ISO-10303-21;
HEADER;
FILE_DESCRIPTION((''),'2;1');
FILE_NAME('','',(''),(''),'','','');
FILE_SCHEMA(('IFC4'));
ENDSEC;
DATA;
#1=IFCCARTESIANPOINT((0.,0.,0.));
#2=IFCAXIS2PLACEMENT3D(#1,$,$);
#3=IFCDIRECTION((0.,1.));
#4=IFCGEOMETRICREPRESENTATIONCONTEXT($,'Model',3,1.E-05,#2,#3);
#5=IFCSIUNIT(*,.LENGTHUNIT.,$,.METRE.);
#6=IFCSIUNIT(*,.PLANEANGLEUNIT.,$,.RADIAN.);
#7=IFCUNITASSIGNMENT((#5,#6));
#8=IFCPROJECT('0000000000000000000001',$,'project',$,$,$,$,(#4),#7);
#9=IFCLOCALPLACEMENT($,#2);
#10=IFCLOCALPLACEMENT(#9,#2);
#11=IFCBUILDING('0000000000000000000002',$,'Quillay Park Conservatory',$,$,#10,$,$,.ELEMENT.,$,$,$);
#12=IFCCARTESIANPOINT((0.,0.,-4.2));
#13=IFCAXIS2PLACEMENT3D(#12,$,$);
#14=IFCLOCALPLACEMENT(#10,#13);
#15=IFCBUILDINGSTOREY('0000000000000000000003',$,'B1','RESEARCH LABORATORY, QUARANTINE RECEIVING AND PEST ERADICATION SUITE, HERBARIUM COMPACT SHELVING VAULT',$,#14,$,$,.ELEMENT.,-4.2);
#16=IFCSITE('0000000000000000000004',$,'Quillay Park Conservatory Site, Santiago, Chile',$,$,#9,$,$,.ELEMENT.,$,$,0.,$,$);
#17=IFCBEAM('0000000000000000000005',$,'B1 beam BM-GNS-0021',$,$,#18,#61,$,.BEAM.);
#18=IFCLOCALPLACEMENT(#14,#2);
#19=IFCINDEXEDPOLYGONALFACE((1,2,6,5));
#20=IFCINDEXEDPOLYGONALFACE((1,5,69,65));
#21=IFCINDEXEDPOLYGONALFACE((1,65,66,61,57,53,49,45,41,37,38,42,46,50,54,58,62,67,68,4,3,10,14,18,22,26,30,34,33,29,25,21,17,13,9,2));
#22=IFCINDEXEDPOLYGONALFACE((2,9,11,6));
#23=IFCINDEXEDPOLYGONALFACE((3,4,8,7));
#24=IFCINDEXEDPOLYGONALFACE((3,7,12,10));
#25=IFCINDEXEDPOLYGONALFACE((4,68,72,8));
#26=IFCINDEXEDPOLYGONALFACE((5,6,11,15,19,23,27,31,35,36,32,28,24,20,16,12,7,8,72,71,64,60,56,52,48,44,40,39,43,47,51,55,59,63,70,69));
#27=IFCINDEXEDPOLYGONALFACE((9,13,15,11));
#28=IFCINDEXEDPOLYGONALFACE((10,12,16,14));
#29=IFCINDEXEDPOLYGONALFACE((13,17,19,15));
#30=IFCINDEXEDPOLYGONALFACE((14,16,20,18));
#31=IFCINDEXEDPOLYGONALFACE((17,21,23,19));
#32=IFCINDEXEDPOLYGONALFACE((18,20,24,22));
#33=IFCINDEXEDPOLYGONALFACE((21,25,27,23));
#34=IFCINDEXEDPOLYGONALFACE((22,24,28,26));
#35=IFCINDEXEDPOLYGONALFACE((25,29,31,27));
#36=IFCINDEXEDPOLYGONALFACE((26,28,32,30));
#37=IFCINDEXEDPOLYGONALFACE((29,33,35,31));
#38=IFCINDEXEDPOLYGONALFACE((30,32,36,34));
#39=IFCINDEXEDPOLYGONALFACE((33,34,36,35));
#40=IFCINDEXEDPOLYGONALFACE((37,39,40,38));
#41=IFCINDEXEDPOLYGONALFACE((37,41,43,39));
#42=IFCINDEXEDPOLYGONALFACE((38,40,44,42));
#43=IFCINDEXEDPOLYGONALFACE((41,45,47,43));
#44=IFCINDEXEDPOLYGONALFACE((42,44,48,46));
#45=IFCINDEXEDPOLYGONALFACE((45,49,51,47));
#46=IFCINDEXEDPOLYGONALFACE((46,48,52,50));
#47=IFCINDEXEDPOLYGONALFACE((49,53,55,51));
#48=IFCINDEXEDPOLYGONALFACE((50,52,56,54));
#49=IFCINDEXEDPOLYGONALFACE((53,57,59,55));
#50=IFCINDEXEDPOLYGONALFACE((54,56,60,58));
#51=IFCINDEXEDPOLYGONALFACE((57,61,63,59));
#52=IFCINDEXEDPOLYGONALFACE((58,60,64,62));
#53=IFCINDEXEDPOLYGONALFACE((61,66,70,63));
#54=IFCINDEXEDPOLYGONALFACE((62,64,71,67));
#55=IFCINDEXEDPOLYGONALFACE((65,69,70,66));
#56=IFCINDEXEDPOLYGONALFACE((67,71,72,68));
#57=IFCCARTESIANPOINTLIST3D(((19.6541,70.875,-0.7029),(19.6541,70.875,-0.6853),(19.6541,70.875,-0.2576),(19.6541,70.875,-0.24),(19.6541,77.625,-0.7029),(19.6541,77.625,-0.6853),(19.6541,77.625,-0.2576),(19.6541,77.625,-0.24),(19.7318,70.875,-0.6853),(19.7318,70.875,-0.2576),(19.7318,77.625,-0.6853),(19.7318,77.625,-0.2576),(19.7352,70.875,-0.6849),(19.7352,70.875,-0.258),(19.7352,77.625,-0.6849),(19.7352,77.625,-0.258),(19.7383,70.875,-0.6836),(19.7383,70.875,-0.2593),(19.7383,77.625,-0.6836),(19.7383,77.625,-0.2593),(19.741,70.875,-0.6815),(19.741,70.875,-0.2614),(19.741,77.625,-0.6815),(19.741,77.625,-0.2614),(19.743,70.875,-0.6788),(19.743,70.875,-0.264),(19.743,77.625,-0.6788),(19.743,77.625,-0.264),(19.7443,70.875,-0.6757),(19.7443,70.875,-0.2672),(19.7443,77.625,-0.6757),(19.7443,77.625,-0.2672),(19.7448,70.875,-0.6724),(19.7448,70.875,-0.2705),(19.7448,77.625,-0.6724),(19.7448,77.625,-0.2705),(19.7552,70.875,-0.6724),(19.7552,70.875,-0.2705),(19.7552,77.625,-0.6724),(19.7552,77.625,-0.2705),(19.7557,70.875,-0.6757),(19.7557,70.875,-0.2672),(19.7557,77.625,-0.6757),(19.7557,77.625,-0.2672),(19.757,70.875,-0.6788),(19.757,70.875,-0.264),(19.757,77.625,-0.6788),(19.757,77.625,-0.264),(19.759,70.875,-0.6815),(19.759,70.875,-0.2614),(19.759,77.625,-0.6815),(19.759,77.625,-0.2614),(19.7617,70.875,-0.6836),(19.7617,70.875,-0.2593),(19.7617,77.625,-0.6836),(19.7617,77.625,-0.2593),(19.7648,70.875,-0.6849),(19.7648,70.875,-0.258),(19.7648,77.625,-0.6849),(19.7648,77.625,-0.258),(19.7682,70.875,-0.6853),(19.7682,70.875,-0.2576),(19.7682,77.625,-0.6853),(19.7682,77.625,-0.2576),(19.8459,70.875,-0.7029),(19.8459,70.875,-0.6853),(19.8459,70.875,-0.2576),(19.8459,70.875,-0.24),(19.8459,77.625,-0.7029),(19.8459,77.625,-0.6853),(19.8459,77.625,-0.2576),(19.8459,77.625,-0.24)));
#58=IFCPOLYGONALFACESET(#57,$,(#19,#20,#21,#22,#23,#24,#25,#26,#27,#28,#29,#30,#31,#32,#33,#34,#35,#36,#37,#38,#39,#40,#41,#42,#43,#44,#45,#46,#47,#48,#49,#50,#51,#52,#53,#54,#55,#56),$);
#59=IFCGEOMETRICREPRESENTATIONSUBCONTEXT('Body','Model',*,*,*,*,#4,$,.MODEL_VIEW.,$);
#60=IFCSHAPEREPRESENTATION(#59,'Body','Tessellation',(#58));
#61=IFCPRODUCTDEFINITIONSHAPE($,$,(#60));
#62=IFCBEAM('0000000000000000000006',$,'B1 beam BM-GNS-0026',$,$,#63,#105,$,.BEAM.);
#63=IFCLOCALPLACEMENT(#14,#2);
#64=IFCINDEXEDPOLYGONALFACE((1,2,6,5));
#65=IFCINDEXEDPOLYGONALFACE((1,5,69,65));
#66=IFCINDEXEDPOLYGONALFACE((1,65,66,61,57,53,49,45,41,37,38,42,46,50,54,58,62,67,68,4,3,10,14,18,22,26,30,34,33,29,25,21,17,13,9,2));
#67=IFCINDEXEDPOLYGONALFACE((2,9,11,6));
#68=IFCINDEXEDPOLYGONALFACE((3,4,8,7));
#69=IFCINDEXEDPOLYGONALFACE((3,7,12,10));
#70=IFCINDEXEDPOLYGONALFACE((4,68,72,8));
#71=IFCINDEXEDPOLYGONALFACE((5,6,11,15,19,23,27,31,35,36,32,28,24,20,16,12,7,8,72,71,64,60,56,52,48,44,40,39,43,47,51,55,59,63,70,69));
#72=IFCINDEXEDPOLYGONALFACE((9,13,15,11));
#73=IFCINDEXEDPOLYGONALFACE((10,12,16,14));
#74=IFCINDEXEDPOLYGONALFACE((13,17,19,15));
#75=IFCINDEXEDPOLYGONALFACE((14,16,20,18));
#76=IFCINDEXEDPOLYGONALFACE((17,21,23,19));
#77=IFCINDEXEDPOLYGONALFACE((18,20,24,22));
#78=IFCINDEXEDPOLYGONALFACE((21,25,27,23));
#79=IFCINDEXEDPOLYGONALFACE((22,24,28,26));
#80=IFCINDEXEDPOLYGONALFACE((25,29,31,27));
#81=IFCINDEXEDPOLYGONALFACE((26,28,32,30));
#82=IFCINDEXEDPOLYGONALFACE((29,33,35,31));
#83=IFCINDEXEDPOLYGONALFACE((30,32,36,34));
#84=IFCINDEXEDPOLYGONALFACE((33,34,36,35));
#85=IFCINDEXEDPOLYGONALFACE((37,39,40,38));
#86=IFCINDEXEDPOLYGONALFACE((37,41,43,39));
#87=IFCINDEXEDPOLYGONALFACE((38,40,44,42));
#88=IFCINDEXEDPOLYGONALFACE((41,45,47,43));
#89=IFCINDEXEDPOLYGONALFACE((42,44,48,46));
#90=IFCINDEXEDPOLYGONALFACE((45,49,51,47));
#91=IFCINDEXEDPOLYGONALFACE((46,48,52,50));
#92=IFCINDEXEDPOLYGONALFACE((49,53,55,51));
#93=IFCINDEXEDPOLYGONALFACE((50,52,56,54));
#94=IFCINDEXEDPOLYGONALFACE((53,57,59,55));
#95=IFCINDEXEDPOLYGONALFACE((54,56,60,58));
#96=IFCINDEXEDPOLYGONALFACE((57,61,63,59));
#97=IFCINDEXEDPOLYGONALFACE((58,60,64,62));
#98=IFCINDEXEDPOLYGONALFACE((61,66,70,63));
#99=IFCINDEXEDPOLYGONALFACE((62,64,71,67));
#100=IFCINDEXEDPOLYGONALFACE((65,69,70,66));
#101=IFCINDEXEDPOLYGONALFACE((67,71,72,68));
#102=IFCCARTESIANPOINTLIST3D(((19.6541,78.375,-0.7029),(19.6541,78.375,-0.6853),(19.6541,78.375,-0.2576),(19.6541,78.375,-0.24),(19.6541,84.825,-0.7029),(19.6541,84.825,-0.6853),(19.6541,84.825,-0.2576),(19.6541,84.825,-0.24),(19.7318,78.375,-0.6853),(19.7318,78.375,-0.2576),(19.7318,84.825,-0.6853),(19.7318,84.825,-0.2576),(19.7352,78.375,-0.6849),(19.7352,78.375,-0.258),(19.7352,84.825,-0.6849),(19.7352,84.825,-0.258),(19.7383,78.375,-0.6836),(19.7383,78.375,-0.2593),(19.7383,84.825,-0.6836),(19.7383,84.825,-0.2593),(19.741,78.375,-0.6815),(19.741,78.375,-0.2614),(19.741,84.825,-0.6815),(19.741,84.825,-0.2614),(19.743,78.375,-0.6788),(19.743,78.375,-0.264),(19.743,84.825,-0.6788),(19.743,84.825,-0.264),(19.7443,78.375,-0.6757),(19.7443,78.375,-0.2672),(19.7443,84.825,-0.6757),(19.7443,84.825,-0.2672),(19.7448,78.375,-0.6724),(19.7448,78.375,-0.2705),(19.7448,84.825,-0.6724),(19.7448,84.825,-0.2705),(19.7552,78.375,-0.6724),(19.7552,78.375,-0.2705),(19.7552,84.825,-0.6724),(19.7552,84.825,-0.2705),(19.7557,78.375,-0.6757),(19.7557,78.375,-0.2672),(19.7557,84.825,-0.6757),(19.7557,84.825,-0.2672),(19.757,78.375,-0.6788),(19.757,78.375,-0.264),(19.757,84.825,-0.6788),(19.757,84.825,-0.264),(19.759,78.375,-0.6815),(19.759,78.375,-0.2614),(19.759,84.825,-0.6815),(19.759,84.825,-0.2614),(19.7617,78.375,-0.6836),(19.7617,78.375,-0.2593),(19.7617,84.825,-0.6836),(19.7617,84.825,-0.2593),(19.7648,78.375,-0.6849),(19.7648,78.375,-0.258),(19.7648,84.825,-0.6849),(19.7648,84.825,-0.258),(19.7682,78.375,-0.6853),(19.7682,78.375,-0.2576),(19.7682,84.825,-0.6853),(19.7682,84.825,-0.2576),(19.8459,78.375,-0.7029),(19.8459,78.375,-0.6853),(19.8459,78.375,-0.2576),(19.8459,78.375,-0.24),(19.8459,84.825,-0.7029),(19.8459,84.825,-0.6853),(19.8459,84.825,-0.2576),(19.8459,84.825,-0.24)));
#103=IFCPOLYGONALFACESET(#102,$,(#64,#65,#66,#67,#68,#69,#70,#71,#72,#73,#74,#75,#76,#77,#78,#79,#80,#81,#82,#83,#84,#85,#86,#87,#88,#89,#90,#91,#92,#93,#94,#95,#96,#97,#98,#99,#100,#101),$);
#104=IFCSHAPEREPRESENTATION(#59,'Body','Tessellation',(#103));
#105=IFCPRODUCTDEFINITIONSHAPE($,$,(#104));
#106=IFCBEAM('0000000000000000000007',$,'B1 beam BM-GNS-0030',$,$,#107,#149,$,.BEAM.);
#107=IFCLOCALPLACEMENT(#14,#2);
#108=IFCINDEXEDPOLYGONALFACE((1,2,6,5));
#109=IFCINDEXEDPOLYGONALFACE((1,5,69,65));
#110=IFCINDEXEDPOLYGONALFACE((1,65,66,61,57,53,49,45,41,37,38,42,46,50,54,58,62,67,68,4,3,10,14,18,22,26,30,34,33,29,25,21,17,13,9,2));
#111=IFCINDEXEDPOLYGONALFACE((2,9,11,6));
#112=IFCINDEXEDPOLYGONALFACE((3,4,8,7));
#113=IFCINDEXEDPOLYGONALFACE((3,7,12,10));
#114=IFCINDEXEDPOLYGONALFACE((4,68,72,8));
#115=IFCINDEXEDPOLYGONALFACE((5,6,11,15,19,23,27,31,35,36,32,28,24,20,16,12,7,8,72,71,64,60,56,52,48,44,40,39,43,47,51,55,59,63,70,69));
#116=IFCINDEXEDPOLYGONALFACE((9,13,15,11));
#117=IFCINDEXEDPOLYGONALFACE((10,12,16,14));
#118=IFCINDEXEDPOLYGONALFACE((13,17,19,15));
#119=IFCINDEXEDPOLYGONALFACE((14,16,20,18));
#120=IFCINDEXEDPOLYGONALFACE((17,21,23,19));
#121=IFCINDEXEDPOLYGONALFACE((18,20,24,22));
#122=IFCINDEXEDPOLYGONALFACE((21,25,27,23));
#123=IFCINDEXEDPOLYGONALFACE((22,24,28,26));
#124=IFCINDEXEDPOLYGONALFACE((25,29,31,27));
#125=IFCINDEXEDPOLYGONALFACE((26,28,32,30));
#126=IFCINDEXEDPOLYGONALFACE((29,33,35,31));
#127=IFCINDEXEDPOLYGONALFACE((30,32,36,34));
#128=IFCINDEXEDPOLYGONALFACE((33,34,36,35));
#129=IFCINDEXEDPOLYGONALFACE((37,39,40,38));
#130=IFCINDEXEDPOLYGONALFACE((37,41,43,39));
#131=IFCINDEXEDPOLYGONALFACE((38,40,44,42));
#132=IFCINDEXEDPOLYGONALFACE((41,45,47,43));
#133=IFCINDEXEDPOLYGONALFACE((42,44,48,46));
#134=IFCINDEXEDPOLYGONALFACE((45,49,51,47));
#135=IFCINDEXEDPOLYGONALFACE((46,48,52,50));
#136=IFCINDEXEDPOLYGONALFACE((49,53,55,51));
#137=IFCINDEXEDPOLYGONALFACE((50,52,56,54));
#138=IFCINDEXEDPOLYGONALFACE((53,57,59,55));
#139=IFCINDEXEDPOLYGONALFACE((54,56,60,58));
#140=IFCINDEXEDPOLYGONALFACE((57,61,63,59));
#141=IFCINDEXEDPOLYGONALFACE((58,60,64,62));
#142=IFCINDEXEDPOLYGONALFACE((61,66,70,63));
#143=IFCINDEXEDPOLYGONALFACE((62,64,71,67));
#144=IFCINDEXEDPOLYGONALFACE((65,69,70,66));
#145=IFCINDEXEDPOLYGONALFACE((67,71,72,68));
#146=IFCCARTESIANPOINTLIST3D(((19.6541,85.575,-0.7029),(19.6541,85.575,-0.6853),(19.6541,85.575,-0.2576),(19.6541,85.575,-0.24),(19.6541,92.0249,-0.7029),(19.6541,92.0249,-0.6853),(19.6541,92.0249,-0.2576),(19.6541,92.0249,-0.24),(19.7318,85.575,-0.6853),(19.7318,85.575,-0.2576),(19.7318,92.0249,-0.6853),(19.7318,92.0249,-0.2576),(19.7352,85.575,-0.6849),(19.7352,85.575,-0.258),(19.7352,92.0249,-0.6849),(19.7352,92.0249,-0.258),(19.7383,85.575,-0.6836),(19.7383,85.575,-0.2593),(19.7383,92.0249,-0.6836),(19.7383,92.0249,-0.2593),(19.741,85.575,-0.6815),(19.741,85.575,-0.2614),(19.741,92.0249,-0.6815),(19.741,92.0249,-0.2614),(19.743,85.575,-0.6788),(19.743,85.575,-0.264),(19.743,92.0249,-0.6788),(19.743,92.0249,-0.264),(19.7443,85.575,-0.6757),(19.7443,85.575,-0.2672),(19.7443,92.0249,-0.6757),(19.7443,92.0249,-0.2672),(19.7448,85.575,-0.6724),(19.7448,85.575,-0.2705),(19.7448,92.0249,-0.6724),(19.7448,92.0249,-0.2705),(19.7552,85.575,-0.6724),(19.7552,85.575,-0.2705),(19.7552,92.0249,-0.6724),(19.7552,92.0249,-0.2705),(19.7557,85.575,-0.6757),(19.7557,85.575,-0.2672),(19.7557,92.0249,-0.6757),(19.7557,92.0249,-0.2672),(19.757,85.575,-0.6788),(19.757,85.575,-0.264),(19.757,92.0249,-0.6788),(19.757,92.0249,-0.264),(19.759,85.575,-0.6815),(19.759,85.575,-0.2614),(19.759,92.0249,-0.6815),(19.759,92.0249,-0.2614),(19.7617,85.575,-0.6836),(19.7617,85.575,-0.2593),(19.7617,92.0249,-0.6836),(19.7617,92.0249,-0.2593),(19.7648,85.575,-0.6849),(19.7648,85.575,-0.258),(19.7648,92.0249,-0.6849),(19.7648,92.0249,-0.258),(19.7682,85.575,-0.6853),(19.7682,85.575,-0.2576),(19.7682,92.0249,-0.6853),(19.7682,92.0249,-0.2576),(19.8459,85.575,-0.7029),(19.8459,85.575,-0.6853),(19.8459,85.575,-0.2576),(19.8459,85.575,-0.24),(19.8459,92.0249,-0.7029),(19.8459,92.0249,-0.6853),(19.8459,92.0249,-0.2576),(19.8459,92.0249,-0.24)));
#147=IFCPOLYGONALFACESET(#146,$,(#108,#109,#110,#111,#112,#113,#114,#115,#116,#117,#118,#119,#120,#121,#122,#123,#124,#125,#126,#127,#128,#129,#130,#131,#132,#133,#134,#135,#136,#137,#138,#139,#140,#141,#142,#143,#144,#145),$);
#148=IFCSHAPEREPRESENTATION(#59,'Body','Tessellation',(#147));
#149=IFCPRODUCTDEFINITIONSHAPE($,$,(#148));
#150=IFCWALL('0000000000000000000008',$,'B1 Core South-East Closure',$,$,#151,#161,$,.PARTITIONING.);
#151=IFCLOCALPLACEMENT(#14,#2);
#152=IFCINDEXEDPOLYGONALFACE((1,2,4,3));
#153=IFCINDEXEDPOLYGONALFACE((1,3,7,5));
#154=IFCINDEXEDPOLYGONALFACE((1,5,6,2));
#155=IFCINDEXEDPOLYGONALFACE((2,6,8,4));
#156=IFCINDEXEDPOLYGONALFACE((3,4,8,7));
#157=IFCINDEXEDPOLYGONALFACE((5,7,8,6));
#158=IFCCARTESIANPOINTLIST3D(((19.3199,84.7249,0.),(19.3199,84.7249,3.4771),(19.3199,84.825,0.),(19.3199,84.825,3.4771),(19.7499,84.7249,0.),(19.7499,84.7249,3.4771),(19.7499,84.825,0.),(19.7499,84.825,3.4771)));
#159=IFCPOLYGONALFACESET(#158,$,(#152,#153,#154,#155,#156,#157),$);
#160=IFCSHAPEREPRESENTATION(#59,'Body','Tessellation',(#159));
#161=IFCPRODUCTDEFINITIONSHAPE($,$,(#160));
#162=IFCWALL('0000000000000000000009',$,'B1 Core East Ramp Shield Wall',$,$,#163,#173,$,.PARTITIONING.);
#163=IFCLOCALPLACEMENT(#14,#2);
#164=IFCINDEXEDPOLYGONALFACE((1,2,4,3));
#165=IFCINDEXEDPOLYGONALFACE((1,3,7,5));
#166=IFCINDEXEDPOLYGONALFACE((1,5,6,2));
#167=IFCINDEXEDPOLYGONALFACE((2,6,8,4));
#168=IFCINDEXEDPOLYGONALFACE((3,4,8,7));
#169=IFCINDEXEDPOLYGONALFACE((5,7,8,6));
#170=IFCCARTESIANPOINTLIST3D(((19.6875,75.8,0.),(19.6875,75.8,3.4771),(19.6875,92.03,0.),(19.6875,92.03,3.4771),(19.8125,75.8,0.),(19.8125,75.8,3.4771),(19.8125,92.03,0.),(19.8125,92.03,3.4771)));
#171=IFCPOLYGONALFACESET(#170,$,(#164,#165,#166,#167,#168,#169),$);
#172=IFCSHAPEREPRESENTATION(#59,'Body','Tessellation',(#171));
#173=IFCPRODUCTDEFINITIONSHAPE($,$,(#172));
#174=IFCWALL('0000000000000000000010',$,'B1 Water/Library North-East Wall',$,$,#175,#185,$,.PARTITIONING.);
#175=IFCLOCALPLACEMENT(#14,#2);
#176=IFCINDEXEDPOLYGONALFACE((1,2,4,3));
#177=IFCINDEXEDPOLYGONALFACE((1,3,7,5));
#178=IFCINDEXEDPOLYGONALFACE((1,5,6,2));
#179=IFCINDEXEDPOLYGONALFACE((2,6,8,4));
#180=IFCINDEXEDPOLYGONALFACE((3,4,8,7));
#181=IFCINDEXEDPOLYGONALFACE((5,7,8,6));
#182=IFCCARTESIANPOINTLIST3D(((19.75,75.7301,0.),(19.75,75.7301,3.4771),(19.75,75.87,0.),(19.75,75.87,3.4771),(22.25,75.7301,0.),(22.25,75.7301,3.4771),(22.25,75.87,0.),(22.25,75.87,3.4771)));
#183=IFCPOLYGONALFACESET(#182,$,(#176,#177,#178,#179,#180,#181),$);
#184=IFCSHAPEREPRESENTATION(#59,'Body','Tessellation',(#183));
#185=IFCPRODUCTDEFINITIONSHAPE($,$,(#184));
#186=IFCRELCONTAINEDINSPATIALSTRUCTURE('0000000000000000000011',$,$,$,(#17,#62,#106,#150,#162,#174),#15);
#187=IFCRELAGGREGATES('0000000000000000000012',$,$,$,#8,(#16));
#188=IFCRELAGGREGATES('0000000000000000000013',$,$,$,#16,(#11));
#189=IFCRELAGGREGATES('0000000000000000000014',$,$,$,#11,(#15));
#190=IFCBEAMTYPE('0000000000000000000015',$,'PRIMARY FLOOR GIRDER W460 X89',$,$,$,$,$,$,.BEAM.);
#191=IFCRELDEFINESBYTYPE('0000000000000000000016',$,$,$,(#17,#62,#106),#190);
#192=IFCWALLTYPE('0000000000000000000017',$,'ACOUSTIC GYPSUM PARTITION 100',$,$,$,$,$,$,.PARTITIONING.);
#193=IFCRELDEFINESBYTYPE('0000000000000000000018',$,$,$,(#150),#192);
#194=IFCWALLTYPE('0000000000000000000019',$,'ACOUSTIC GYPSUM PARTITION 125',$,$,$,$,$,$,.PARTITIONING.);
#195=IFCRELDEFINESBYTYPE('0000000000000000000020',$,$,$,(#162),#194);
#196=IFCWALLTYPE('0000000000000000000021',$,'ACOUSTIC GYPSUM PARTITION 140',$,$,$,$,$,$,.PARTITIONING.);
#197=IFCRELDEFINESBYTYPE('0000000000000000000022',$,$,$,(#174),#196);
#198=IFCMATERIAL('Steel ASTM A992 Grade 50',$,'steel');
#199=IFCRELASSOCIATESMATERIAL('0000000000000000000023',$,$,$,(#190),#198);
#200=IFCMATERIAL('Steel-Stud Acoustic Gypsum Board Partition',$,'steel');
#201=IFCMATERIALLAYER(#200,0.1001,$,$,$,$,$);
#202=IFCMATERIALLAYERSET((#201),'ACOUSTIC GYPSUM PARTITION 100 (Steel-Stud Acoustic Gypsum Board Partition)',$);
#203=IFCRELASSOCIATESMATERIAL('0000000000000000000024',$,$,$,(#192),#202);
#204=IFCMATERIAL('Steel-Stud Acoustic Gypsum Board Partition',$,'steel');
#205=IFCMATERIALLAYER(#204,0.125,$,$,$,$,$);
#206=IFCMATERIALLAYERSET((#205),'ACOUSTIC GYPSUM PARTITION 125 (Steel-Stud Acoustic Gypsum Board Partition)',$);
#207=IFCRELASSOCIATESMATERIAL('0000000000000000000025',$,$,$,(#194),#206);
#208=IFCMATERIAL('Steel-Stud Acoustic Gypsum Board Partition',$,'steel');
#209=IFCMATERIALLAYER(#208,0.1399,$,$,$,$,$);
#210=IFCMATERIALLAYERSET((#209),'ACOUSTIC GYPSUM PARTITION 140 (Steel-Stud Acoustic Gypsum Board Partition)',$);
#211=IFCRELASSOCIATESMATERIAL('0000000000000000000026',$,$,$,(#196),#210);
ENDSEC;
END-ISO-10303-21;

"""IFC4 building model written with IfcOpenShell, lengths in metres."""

from ifc_helpers import new_model, si_unit, direction, frame, frame_2d, origin, origin_2d, place, context, subcontext, project, spatial, rectangle, i_section, extrude, material, layer, layer_set, material_profile, profile_set, type_object, element, save


model = new_model("IFC4")

# Units and contexts
model_context = context("Model", 3, precision=1e-05, world=origin(), true_north=direction((0.0, 1.0)))
body_context = subcontext(model_context, "Body", "Model", "MODEL_VIEW")
ifc_project = project(units=[si_unit("LENGTHUNIT", "METRE"), si_unit("PLANEANGLEUNIT", "RADIAN")], contexts=[model_context])

# Site, building, storey
site_placement = place(None, origin())
site = spatial("IfcSite", under=ifc_project, at=site_placement, Name="Quillay Park Conservatory Site, Santiago, Chile", CompositionType="ELEMENT", RefElevation=0.0)
building_placement = place(site_placement, origin())
building = spatial("IfcBuilding", under=site, at=building_placement, Name="Quillay Park Conservatory", CompositionType="ELEMENT")
storey_placement = place(building_placement, frame((0.0, 0.0, -4.2)))
storey = spatial("IfcBuildingStorey", under=building, at=storey_placement, Name="B1", Description="RESEARCH LABORATORY, QUARANTINE RECEIVING AND PEST ERADICATION SUITE, HERBARIUM COMPACT SHELVING VAULT", CompositionType="ELEMENT", Elevation=-4.2)

# Beams
ifc_material_1 = material(Name="Steel ASTM A992 Grade 50", Category="steel")
ifc_material_profile_1 = material_profile(ifc_material_1, i_section(OverallWidth=0.1919, OverallDepth=0.4629, WebThickness=0.0105, FlangeThickness=0.0176, FilletRadius=0.0129, at=origin_2d()), Name="W460x89")
ifc_profile_set_1 = profile_set([ifc_material_profile_1], Name="Steel ASTM A992 Grade 50")
beam_type_1 = type_object("IfcBeamType", Name="PRIMARY FLOOR GIRDER W460 X89", PredefinedType="BEAM", material=ifc_profile_set_1)
beam_1_placement = place(storey_placement, frame((19.75, 70.875, -0.4714), z_axis=(0.0, 1.0, 0.0), x_axis=(-1.0, 0.0, 0.0)))
element("IfcBeam", 1, at=beam_1_placement, inside=storey, type_object=beam_type_1, Name="B1 beam BM-GNS-0021", PredefinedType="BEAM", context=body_context, shape_type="SweptSolid", body=[
    extrude(i_section(OverallWidth=0.1919, OverallDepth=0.4629, WebThickness=0.0105, FlangeThickness=0.0176, FilletRadius=0.0129, at=origin_2d()), origin(), (0.0, 0.0, 1.0), 6.75),
])
for number, where, z_axis, x_axis, name in (
    (2, (19.75, 78.375, -0.4714), (0.0, 1.0, 0.0), (-1.0, 0.0, 0.0), "B1 beam BM-GNS-0026"),
    (3, (19.75, 85.575, -0.4714), (0.0, 1.0, 0.0), (-1.0, 0.0, 0.0), "B1 beam BM-GNS-0030"),
):
    element("IfcBeam", number, at=place(storey_placement, frame(where, z_axis=z_axis, x_axis=x_axis)), inside=storey, type_object=beam_type_1, Name=name, PredefinedType="BEAM", context=body_context, shape_type="SweptSolid", body=[
        extrude(i_section(OverallWidth=0.1919, OverallDepth=0.4629, WebThickness=0.0105, FlangeThickness=0.0176, FilletRadius=0.0129, at=origin_2d()), origin(), (0.0, 0.0, 1.0), 6.45),
    ])

# Walls
ifc_material_2 = material(Name="Steel-Stud Acoustic Gypsum Board Partition", Category="steel")
ifc_layer_1 = layer(ifc_material_2, 0.1001)
ifc_layer_set_1 = layer_set([ifc_layer_1], Name="ACOUSTIC GYPSUM PARTITION 100 (Steel-Stud Acoustic Gypsum Board Partition)")
wall_type_1 = type_object("IfcWallType", Name="ACOUSTIC GYPSUM PARTITION 100", PredefinedType="PARTITIONING", material=ifc_layer_set_1)
wall_1_placement = place(storey_placement, frame((19.3201, 84.7749, 0.0), z_axis=(0.0, 0.0, 1.0), x_axis=(1.0, 0.0, 0.0)))
element("IfcWall", 4, at=wall_1_placement, inside=storey, type_object=wall_type_1, Name="B1 Core South-East Closure", PredefinedType="PARTITIONING", context=body_context, shape_type="SweptSolid", body=[
    extrude(rectangle(XDim=0.4299, YDim=0.1001, at=frame_2d((0.2148, 0.0))), origin(), (0.0, 0.0, 1.0), 3.4771),
])
ifc_material_3 = material(Name="Steel-Stud Acoustic Gypsum Board Partition", Category="steel")
ifc_layer_2 = layer(ifc_material_3, 0.125)
ifc_layer_set_2 = layer_set([ifc_layer_2], Name="ACOUSTIC GYPSUM PARTITION 125 (Steel-Stud Acoustic Gypsum Board Partition)")
wall_type_2 = type_object("IfcWallType", Name="ACOUSTIC GYPSUM PARTITION 125", PredefinedType="PARTITIONING", material=ifc_layer_set_2)
wall_2_placement = place(storey_placement, frame((19.75, 92.03, 0.0), z_axis=(0.0, 0.0, 1.0), x_axis=(0.0, -1.0, 0.0)))
element("IfcWall", 5, at=wall_2_placement, inside=storey, type_object=wall_type_2, Name="B1 Core East Ramp Shield Wall", PredefinedType="PARTITIONING", context=body_context, shape_type="SweptSolid", body=[
    extrude(rectangle(XDim=16.23, YDim=0.125, at=frame_2d((8.115, 0.0))), origin(), (0.0, 0.0, 1.0), 3.4771),
])
ifc_material_4 = material(Name="Steel-Stud Acoustic Gypsum Board Partition", Category="steel")
ifc_layer_3 = layer(ifc_material_4, 0.1399)
ifc_layer_set_3 = layer_set([ifc_layer_3], Name="ACOUSTIC GYPSUM PARTITION 140 (Steel-Stud Acoustic Gypsum Board Partition)")
wall_type_3 = type_object("IfcWallType", Name="ACOUSTIC GYPSUM PARTITION 140", PredefinedType="PARTITIONING", material=ifc_layer_set_3)
wall_3_placement = place(storey_placement, frame((22.25, 75.8, 0.0), z_axis=(0.0, 0.0, 1.0), x_axis=(-1.0, 0.0, 0.0)))
element("IfcWall", 6, at=wall_3_placement, inside=storey, type_object=wall_type_3, Name="B1 Water/Library North-East Wall", PredefinedType="PARTITIONING", context=body_context, shape_type="SweptSolid", body=[
    extrude(rectangle(XDim=2.5, YDim=0.1399, at=frame_2d((1.25, 0.0))), origin(), (0.0, 0.0, 1.0), 3.4771),
])

save(model, "model.ifc")
